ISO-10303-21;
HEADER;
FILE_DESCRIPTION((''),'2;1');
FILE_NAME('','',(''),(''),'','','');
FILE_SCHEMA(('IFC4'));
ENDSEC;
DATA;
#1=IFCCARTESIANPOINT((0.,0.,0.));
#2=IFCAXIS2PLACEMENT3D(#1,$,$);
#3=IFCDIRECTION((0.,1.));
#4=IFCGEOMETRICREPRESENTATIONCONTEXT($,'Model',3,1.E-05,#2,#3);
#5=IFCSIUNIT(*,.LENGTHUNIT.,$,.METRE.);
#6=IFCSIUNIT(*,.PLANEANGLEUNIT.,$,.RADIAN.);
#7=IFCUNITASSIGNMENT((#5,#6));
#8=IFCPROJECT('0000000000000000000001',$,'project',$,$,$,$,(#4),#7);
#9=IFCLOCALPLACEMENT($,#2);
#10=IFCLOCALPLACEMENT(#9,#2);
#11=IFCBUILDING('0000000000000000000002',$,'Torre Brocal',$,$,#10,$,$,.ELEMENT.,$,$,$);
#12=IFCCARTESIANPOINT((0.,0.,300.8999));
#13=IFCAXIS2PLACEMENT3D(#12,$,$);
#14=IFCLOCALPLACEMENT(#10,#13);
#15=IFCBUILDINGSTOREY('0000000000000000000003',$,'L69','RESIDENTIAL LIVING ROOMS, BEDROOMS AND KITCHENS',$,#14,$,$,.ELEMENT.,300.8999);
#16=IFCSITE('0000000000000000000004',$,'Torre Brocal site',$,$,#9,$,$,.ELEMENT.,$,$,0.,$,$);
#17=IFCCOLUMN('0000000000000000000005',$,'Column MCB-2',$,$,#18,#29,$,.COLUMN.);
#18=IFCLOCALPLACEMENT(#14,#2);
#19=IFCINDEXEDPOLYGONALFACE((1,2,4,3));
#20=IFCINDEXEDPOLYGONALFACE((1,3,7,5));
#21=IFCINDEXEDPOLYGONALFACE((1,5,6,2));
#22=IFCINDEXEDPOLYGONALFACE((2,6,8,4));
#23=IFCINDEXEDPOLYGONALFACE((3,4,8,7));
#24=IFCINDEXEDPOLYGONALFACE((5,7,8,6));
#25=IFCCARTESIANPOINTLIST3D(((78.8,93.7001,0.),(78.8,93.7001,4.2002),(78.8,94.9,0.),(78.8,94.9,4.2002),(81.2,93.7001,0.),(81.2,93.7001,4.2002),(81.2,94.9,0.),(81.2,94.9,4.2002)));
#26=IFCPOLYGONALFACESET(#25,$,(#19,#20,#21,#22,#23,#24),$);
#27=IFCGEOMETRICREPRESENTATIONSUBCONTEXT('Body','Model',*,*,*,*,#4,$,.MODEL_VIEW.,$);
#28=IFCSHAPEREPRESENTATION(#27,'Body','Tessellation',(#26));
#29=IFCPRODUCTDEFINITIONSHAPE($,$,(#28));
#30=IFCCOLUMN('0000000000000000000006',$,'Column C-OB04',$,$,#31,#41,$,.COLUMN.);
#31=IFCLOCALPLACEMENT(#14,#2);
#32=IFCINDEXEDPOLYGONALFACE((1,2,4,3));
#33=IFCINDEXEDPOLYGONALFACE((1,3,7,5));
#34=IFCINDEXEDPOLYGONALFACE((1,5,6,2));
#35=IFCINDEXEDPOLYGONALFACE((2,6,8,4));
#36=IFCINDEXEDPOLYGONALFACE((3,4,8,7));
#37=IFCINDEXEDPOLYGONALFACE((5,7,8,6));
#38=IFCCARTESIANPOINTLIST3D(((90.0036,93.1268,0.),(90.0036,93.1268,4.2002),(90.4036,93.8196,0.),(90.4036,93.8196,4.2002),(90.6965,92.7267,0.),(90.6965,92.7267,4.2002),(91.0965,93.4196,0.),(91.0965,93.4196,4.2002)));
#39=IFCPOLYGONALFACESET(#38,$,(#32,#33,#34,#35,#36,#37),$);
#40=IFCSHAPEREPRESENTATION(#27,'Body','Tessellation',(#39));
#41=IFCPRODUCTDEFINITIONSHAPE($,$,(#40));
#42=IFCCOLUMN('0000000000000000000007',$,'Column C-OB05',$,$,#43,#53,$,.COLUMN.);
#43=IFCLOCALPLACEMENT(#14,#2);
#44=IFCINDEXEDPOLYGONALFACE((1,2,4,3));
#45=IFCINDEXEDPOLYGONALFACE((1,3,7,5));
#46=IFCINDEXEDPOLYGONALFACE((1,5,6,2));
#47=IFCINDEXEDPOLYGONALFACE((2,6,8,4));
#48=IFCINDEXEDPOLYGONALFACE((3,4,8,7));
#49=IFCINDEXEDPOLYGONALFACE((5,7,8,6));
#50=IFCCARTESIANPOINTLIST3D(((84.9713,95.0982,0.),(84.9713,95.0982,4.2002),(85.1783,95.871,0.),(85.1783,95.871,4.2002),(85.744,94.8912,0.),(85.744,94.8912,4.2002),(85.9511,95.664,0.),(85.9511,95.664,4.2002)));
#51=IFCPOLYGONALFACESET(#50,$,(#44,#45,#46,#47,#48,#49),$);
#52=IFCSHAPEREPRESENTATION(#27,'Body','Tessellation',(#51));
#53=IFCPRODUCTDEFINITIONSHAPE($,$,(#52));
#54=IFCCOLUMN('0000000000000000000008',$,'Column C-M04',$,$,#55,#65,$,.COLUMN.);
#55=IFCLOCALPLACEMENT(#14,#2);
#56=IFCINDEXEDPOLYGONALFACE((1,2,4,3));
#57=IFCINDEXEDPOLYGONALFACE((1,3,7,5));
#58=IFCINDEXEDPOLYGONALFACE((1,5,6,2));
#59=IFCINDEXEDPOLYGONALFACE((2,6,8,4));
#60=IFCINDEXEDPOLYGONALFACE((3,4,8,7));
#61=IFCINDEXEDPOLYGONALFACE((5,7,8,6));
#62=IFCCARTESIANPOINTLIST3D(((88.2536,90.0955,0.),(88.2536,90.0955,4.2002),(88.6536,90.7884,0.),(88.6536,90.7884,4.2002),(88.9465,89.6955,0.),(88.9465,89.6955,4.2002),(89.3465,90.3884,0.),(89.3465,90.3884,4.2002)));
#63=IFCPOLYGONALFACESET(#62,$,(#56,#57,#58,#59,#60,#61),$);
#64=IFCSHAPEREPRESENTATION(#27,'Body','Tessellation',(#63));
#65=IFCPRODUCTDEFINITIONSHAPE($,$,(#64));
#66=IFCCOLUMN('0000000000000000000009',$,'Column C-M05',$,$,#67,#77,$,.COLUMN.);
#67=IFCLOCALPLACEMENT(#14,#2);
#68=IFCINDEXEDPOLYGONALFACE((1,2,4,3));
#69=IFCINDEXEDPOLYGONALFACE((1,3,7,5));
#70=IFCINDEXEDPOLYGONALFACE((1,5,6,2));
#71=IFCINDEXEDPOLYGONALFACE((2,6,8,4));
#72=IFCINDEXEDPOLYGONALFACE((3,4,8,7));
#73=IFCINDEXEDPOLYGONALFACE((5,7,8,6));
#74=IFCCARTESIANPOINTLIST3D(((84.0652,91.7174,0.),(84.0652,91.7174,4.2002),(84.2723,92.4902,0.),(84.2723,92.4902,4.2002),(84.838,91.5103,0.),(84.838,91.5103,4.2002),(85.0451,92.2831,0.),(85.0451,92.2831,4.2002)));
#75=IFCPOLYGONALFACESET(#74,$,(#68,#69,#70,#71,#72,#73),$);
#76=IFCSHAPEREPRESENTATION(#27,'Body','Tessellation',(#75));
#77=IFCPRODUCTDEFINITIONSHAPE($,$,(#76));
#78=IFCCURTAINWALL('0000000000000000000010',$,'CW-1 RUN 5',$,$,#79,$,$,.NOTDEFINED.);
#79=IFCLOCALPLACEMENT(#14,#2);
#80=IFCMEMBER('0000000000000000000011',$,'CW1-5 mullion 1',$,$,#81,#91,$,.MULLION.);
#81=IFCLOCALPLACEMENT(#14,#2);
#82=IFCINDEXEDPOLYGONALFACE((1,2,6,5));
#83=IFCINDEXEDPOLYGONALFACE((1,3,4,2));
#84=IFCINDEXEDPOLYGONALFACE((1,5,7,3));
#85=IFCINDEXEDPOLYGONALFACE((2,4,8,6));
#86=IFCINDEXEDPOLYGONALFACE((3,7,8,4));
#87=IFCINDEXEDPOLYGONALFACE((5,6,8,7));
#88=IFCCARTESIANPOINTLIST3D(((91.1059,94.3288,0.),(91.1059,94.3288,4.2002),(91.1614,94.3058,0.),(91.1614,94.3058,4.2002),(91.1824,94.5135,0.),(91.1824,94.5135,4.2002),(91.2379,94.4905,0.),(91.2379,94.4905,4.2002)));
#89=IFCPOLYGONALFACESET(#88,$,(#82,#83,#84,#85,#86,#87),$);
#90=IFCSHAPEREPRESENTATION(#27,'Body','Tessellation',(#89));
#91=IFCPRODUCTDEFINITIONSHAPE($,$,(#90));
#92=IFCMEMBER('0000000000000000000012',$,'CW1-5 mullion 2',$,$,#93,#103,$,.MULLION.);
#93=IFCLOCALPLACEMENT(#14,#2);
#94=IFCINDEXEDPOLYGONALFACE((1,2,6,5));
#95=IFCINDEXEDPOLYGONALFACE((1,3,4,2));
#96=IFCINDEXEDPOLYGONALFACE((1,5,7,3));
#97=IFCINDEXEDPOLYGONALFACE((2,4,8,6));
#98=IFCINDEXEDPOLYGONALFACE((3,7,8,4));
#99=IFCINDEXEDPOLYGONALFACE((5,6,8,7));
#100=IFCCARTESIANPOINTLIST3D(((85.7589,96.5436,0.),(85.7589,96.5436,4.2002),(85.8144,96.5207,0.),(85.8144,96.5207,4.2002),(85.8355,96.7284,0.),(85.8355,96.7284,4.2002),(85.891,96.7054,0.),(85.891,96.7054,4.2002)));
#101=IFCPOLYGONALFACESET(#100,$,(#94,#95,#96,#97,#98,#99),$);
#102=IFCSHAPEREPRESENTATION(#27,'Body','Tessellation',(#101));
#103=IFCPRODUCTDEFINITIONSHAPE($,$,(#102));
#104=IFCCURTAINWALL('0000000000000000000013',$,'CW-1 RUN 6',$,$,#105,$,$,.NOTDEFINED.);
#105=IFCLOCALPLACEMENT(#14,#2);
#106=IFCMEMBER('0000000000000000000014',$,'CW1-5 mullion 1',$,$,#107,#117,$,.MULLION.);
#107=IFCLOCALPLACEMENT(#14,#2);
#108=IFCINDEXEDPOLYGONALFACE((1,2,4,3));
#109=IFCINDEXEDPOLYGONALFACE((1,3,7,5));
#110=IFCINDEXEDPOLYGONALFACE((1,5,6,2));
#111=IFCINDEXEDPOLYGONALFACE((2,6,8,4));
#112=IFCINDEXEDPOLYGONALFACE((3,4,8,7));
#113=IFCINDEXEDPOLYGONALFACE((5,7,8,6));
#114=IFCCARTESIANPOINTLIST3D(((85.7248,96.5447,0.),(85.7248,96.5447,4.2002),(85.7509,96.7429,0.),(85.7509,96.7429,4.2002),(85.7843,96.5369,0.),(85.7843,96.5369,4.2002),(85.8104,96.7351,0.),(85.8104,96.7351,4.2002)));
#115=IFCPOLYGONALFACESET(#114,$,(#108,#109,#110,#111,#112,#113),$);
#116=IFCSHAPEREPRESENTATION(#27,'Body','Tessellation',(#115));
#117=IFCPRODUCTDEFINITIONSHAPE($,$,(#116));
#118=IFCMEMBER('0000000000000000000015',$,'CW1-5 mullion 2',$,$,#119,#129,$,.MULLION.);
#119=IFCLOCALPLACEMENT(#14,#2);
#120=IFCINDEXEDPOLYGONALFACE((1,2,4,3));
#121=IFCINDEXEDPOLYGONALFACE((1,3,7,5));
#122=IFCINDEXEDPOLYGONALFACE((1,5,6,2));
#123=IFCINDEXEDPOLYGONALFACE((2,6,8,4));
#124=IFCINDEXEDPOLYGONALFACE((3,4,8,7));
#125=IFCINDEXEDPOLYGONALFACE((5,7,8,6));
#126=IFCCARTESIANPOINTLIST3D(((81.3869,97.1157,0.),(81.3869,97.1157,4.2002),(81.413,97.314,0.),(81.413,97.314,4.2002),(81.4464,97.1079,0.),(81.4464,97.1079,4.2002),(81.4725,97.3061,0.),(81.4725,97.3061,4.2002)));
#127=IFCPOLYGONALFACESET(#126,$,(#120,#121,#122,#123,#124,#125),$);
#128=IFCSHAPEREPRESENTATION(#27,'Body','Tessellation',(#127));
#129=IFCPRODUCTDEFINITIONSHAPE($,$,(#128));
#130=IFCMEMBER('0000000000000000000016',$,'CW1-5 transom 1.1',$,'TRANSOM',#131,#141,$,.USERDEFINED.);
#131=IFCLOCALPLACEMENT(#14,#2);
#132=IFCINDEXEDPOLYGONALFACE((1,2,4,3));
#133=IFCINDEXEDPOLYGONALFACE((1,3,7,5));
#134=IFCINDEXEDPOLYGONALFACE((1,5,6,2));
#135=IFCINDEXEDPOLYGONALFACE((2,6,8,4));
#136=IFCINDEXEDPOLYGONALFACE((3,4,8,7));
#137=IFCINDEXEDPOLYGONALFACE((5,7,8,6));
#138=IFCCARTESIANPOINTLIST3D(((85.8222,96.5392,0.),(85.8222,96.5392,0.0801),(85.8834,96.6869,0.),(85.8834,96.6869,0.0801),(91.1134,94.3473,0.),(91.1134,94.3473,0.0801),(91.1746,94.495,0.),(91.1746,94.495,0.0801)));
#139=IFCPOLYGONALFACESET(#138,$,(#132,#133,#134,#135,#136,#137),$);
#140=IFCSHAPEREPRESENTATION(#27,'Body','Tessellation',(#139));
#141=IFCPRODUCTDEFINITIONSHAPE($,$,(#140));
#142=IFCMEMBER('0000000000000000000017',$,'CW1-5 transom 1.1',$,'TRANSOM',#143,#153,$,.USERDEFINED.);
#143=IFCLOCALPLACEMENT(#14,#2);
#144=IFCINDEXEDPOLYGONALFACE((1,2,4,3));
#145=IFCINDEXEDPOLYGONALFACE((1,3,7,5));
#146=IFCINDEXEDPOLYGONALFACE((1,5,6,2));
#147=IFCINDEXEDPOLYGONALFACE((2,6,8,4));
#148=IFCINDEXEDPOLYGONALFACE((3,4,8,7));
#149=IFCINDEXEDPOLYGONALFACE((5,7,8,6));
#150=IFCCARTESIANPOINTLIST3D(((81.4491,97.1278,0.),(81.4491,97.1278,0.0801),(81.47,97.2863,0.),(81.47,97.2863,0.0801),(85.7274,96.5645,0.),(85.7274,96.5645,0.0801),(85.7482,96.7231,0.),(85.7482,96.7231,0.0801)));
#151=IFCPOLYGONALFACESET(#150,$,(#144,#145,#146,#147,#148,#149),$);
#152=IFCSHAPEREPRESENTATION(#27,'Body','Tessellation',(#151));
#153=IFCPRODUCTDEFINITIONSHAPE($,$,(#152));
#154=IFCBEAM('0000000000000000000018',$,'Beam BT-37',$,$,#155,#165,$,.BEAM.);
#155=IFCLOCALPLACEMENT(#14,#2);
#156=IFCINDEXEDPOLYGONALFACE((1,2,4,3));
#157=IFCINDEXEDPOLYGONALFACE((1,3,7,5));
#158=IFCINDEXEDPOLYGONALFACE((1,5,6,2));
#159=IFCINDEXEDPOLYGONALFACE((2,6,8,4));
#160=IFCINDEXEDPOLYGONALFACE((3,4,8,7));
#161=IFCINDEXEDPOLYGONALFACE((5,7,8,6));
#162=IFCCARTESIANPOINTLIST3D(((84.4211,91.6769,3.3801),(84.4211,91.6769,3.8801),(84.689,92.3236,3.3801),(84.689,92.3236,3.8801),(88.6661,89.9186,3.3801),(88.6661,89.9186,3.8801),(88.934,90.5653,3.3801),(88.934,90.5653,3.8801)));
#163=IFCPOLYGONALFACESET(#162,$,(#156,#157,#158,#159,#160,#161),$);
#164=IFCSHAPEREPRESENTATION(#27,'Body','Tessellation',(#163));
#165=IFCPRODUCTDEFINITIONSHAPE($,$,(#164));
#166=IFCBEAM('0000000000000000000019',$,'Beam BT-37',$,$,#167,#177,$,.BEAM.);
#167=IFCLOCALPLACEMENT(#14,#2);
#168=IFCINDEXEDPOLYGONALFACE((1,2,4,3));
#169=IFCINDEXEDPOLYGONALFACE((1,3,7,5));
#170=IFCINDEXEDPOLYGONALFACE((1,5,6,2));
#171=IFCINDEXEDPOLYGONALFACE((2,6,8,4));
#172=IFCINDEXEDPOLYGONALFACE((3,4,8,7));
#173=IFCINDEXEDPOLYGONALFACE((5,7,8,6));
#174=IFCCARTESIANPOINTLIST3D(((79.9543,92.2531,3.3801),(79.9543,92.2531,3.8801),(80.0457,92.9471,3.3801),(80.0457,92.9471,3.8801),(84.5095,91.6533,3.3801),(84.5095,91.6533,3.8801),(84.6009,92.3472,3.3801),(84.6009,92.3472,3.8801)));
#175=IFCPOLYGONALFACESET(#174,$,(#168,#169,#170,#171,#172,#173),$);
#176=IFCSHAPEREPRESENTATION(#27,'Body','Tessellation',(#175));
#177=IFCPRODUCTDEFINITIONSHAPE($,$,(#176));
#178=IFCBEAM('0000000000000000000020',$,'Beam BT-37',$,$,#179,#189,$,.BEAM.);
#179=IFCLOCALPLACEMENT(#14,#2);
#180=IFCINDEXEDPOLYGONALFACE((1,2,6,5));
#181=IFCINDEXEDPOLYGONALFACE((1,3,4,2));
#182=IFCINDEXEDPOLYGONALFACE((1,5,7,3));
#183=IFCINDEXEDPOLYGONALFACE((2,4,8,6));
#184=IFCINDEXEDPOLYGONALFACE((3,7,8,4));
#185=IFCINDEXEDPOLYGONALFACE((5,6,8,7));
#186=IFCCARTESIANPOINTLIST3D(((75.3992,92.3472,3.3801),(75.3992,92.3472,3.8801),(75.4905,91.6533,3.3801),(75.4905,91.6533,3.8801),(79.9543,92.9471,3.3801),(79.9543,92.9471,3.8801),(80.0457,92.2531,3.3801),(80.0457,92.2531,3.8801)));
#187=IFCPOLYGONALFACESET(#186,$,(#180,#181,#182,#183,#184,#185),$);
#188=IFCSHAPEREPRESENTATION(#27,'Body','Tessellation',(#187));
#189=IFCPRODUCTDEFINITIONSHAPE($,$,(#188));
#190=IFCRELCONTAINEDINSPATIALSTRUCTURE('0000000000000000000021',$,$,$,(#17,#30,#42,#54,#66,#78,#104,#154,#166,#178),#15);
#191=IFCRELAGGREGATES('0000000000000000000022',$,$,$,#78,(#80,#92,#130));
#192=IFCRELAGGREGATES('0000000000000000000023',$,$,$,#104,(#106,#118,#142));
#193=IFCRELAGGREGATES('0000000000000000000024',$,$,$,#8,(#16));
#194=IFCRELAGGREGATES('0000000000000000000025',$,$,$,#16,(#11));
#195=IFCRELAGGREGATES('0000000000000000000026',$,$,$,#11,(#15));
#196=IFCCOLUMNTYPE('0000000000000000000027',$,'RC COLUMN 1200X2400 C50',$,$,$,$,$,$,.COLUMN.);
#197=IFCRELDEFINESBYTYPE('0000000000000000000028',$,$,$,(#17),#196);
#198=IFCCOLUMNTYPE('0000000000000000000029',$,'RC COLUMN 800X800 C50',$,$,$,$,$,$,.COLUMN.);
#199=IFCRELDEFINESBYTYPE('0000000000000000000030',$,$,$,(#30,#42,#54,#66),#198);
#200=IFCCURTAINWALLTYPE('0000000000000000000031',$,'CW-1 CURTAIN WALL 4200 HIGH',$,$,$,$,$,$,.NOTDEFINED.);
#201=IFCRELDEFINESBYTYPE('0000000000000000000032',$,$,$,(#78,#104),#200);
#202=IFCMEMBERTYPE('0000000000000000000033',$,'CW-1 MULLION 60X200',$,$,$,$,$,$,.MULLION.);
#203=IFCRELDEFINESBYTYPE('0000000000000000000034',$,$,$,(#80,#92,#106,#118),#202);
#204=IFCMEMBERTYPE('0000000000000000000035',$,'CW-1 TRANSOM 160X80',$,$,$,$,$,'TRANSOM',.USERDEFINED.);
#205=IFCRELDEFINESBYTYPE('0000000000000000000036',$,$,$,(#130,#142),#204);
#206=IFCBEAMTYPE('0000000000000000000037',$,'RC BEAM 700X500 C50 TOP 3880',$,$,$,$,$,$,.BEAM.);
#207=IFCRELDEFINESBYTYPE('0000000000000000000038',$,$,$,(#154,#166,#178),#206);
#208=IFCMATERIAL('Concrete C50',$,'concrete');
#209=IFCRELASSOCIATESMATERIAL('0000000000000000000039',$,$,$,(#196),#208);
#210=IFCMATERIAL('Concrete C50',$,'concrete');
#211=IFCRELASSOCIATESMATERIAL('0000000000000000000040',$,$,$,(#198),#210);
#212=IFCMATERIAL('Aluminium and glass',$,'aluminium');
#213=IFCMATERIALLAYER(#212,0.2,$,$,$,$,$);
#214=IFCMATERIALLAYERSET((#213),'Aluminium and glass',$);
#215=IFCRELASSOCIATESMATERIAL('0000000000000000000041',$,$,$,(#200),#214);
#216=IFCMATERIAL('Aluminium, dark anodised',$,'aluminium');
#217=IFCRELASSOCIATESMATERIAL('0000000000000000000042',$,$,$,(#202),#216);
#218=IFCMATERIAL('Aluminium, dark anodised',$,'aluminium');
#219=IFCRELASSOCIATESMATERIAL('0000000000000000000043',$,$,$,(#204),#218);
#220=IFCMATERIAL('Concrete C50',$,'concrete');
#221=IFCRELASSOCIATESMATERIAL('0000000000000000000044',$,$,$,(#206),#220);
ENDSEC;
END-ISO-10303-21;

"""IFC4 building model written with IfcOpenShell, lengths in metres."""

from ifc_helpers import new_model, si_unit, direction, frame, origin, origin_2d, place, context, subcontext, project, spatial, rectangle, extrude, material, layer, layer_set, material_profile, profile_set, type_object, element, aggregate, save


model = new_model("IFC4")

# Units and contexts
model_context = context("Model", 3, precision=1e-05, world=origin(), true_north=direction((0.0, 1.0)))
body_context = subcontext(model_context, "Body", "Model", "MODEL_VIEW")
ifc_project = project(units=[si_unit("LENGTHUNIT", "METRE"), si_unit("PLANEANGLEUNIT", "RADIAN")], contexts=[model_context])

# Site, building, storey
site_placement = place(None, origin())
site = spatial("IfcSite", under=ifc_project, at=site_placement, Name="Torre Brocal site", CompositionType="ELEMENT", RefElevation=0.0)
building_placement = place(site_placement, origin())
building = spatial("IfcBuilding", under=site, at=building_placement, Name="Torre Brocal", CompositionType="ELEMENT")
storey_placement = place(building_placement, frame((0.0, 0.0, 300.8999)))
storey = spatial("IfcBuildingStorey", under=building, at=storey_placement, Name="L69", Description="RESIDENTIAL LIVING ROOMS, BEDROOMS AND KITCHENS", CompositionType="ELEMENT", Elevation=300.8999)

# Columns
ifc_material_1 = material(Name="Concrete C50", Category="concrete")
ifc_material_profile_1 = material_profile(ifc_material_1, rectangle(XDim=1.2, YDim=2.3999, at=origin_2d()), Name="RC 1200X2400")
ifc_profile_set_1 = profile_set([ifc_material_profile_1], Name="Concrete C50")
column_type_1 = type_object("IfcColumnType", Name="RC COLUMN 1200X2400 C50", PredefinedType="COLUMN", material=ifc_profile_set_1)
column_placement = place(storey_placement, frame((80.0, 94.3, 0.0), z_axis=(0.0, 0.0, 1.0), x_axis=(0.0, 1.0, 0.0)))
element("IfcColumn", 1, at=column_placement, inside=storey, type_object=column_type_1, Name="Column MCB-2", PredefinedType="COLUMN", context=body_context, shape_type="SweptSolid", body=[
    extrude(rectangle(XDim=1.2, YDim=2.3999, at=origin_2d()), origin(), (0.0, 0.0, 1.0), 4.2002),
])
ifc_material_2 = material(Name="Concrete C50", Category="concrete")
ifc_material_profile_2 = material_profile(ifc_material_2, rectangle(XDim=0.8, YDim=0.8, at=origin_2d()), Name="RC 800X800")
ifc_profile_set_2 = profile_set([ifc_material_profile_2], Name="Concrete C50")
column_type_2 = type_object("IfcColumnType", Name="RC COLUMN 800X800 C50", PredefinedType="COLUMN", material=ifc_profile_set_2)
for number, where, z_axis, x_axis, name in (
    (2, (90.55, 93.2732, 0.0), (0.0, 0.0, 1.0), (0.5, 0.866025, 0.0), "Column C-OB04"),
    (3, (85.4612, 95.3811, 0.0), (0.0, 0.0, 1.0), (0.258819, 0.965926, 0.0), "Column C-OB05"),
    (4, (88.8, 90.2419, 0.0), (0.0, 0.0, 1.0), (0.5, 0.866025, 0.0), "Column C-M04"),
    (5, (84.5552, 92.0002, 0.0), (0.0, 0.0, 1.0), (0.258819, 0.965926, 0.0), "Column C-M05"),
):
    element("IfcColumn", number, at=place(storey_placement, frame(where, z_axis=z_axis, x_axis=x_axis)), inside=storey, type_object=column_type_2, Name=name, PredefinedType="COLUMN", context=body_context, shape_type="SweptSolid", body=[
        extrude(rectangle(XDim=0.8, YDim=0.8, at=origin_2d()), origin(), (0.0, 0.0, 1.0), 4.2002),
    ])

# Curtain walls, members
ifc_material_3 = material(Name="Aluminium and glass", Category="aluminium")
ifc_layer_1 = layer(ifc_material_3, 0.2)
ifc_layer_set_1 = layer_set([ifc_layer_1], Name="Aluminium and glass")
curtain_wall_type = type_object("IfcCurtainWallType", Name="CW-1 CURTAIN WALL 4200 HIGH", PredefinedType="NOTDEFINED", material=ifc_layer_set_1)
curtain_wall_1_placement = place(storey_placement, origin())
curtain_wall_1 = element("IfcCurtainWall", 6, at=curtain_wall_1_placement, inside=storey, type_object=curtain_wall_type, Name="CW-1 RUN 5", PredefinedType="NOTDEFINED")
ifc_material_4 = material(Name="Aluminium, dark anodised", Category="aluminium")
ifc_material_profile_3 = material_profile(ifc_material_4, rectangle(XDim=0.2, YDim=0.0601, at=origin_2d()), Name="CW-1 MULLION 60X200")
ifc_profile_set_3 = profile_set([ifc_material_profile_3], Name="Aluminium, dark anodised")
member_type_1 = type_object("IfcMemberType", Name="CW-1 MULLION 60X200", PredefinedType="MULLION", material=ifc_profile_set_3)
member_1_placement = place(storey_placement, frame((91.1719, 94.4097, 0.0), z_axis=(0.0, 0.0, 1.0), x_axis=(-0.382683, -0.92388, 0.0)))
member_1 = element("IfcMember", 7, at=member_1_placement, type_object=member_type_1, Name="CW1-5 mullion 1", PredefinedType="MULLION", context=body_context, shape_type="SweptSolid", body=[
    extrude(rectangle(XDim=0.2, YDim=0.0601, at=origin_2d()), origin(), (0.0, 0.0, 1.0), 4.2002),
])
member_2_placement = place(storey_placement, frame((85.825, 96.6245, 0.0), z_axis=(0.0, 0.0, 1.0), x_axis=(-0.382683, -0.92388, 0.0)))
member_2 = element("IfcMember", 8, at=member_2_placement, type_object=member_type_1, Name="CW1-5 mullion 2", PredefinedType="MULLION", context=body_context, shape_type="SweptSolid", body=[
    extrude(rectangle(XDim=0.2, YDim=0.0601, at=origin_2d()), origin(), (0.0, 0.0, 1.0), 4.2002),
])
curtain_wall_2_placement = place(storey_placement, origin())
curtain_wall_2 = element("IfcCurtainWall", 9, at=curtain_wall_2_placement, inside=storey, type_object=curtain_wall_type, Name="CW-1 RUN 6", PredefinedType="NOTDEFINED")
member_3_placement = place(storey_placement, frame((85.7676, 96.6399, 0.0), z_axis=(0.0, 0.0, 1.0), x_axis=(-0.130526, -0.991445, 0.0)))
member_3 = element("IfcMember", 10, at=member_3_placement, type_object=member_type_1, Name="CW1-5 mullion 1", PredefinedType="MULLION", context=body_context, shape_type="SweptSolid", body=[
    extrude(rectangle(XDim=0.2, YDim=0.0601, at=origin_2d()), origin(), (0.0, 0.0, 1.0), 4.2002),
])
member_4_placement = place(storey_placement, frame((81.4297, 97.2109, 0.0), z_axis=(0.0, 0.0, 1.0), x_axis=(-0.130526, -0.991445, 0.0)))
member_4 = element("IfcMember", 11, at=member_4_placement, type_object=member_type_1, Name="CW1-5 mullion 2", PredefinedType="MULLION", context=body_context, shape_type="SweptSolid", body=[
    extrude(rectangle(XDim=0.2, YDim=0.0601, at=origin_2d()), origin(), (0.0, 0.0, 1.0), 4.2002),
])

# Members
ifc_material_5 = material(Name="Aluminium, dark anodised", Category="aluminium")
ifc_material_profile_4 = material_profile(ifc_material_5, rectangle(XDim=0.1599, YDim=0.0801, at=origin_2d()), Name="CW-1 TRANSOM 160X80")
ifc_profile_set_4 = profile_set([ifc_material_profile_4], Name="Aluminium, dark anodised")
member_type_2 = type_object("IfcMemberType", Name="CW-1 TRANSOM 160X80", ElementType="TRANSOM", PredefinedType="USERDEFINED", material=ifc_profile_set_4)
member_5_placement = place(storey_placement, frame((91.144, 94.4211, 0.04), z_axis=(-0.923868, 0.382711, 0.0), x_axis=(-0.382711, -0.923868, 0.0)))
member_5 = element("IfcMember", 12, at=member_5_placement, type_object=member_type_2, Name="CW1-5 transom 1.1", ObjectType="TRANSOM", PredefinedType="USERDEFINED", context=body_context, shape_type="SweptSolid", body=[
    extrude(rectangle(XDim=0.1599, YDim=0.0801, at=origin_2d()), origin(), (0.0, 0.0, 1.0), 5.7273),
])
member_6_placement = place(storey_placement, frame((85.7378, 96.6438, 0.04), z_axis=(-0.991445, 0.130522, 0.0), x_axis=(-0.130522, -0.991445, 0.0)))
member_6 = element("IfcMember", 13, at=member_6_placement, type_object=member_type_2, Name="CW1-5 transom 1.1", ObjectType="TRANSOM", PredefinedType="USERDEFINED", context=body_context, shape_type="SweptSolid", body=[
    extrude(rectangle(XDim=0.1599, YDim=0.0801, at=origin_2d()), origin(), (0.0, 0.0, 1.0), 4.3152),
])

# Beams
ifc_material_6 = material(Name="Concrete C50", Category="concrete")
ifc_material_profile_5 = material_profile(ifc_material_6, rectangle(XDim=0.7, YDim=0.5, at=origin_2d()), Name="RC 700X500")
ifc_profile_set_5 = profile_set([ifc_material_profile_5], Name="Concrete C50")
beam_type_1 = type_object("IfcBeamType", Name="RC BEAM 700X500 C50 TOP 3880", PredefinedType="BEAM", material=ifc_profile_set_5)
beam_1_placement = place(storey_placement, frame((88.8, 90.2419, 3.6301), z_axis=(-0.923878, 0.382687, 0.0), x_axis=(-0.382687, -0.923878, 0.0)))
element("IfcBeam", 14, at=beam_1_placement, inside=storey, type_object=beam_type_1, Name="Beam BT-37", PredefinedType="BEAM", context=body_context, shape_type="SweptSolid", body=[
    extrude(rectangle(XDim=0.7, YDim=0.5, at=origin_2d()), origin(), (0.0, 0.0, 1.0), 4.5947),
])
for number, where, z_axis, x_axis, name in (
    (15, (84.5552, 92.0002, 3.6301), (-0.991441, 0.130559, 0.0), (-0.130559, -0.991441, 0.0), "Beam BT-37"),
    (16, (80.0, 92.6001, 3.6301), (-0.991441, -0.130559, 0.0), (0.130559, -0.991441, 0.0), "Beam BT-37"),
):
    element("IfcBeam", number, at=place(storey_placement, frame(where, z_axis=z_axis, x_axis=x_axis)), inside=storey, type_object=beam_type_1, Name=name, PredefinedType="BEAM", context=body_context, shape_type="SweptSolid", body=[
        extrude(rectangle(XDim=0.7, YDim=0.5, at=origin_2d()), origin(), (0.0, 0.0, 1.0), 4.5945),
    ])

aggregate(curtain_wall_1, [member_1, member_2, member_5])
aggregate(curtain_wall_2, [member_3, member_4, member_6])

save(model, "model.ifc")
